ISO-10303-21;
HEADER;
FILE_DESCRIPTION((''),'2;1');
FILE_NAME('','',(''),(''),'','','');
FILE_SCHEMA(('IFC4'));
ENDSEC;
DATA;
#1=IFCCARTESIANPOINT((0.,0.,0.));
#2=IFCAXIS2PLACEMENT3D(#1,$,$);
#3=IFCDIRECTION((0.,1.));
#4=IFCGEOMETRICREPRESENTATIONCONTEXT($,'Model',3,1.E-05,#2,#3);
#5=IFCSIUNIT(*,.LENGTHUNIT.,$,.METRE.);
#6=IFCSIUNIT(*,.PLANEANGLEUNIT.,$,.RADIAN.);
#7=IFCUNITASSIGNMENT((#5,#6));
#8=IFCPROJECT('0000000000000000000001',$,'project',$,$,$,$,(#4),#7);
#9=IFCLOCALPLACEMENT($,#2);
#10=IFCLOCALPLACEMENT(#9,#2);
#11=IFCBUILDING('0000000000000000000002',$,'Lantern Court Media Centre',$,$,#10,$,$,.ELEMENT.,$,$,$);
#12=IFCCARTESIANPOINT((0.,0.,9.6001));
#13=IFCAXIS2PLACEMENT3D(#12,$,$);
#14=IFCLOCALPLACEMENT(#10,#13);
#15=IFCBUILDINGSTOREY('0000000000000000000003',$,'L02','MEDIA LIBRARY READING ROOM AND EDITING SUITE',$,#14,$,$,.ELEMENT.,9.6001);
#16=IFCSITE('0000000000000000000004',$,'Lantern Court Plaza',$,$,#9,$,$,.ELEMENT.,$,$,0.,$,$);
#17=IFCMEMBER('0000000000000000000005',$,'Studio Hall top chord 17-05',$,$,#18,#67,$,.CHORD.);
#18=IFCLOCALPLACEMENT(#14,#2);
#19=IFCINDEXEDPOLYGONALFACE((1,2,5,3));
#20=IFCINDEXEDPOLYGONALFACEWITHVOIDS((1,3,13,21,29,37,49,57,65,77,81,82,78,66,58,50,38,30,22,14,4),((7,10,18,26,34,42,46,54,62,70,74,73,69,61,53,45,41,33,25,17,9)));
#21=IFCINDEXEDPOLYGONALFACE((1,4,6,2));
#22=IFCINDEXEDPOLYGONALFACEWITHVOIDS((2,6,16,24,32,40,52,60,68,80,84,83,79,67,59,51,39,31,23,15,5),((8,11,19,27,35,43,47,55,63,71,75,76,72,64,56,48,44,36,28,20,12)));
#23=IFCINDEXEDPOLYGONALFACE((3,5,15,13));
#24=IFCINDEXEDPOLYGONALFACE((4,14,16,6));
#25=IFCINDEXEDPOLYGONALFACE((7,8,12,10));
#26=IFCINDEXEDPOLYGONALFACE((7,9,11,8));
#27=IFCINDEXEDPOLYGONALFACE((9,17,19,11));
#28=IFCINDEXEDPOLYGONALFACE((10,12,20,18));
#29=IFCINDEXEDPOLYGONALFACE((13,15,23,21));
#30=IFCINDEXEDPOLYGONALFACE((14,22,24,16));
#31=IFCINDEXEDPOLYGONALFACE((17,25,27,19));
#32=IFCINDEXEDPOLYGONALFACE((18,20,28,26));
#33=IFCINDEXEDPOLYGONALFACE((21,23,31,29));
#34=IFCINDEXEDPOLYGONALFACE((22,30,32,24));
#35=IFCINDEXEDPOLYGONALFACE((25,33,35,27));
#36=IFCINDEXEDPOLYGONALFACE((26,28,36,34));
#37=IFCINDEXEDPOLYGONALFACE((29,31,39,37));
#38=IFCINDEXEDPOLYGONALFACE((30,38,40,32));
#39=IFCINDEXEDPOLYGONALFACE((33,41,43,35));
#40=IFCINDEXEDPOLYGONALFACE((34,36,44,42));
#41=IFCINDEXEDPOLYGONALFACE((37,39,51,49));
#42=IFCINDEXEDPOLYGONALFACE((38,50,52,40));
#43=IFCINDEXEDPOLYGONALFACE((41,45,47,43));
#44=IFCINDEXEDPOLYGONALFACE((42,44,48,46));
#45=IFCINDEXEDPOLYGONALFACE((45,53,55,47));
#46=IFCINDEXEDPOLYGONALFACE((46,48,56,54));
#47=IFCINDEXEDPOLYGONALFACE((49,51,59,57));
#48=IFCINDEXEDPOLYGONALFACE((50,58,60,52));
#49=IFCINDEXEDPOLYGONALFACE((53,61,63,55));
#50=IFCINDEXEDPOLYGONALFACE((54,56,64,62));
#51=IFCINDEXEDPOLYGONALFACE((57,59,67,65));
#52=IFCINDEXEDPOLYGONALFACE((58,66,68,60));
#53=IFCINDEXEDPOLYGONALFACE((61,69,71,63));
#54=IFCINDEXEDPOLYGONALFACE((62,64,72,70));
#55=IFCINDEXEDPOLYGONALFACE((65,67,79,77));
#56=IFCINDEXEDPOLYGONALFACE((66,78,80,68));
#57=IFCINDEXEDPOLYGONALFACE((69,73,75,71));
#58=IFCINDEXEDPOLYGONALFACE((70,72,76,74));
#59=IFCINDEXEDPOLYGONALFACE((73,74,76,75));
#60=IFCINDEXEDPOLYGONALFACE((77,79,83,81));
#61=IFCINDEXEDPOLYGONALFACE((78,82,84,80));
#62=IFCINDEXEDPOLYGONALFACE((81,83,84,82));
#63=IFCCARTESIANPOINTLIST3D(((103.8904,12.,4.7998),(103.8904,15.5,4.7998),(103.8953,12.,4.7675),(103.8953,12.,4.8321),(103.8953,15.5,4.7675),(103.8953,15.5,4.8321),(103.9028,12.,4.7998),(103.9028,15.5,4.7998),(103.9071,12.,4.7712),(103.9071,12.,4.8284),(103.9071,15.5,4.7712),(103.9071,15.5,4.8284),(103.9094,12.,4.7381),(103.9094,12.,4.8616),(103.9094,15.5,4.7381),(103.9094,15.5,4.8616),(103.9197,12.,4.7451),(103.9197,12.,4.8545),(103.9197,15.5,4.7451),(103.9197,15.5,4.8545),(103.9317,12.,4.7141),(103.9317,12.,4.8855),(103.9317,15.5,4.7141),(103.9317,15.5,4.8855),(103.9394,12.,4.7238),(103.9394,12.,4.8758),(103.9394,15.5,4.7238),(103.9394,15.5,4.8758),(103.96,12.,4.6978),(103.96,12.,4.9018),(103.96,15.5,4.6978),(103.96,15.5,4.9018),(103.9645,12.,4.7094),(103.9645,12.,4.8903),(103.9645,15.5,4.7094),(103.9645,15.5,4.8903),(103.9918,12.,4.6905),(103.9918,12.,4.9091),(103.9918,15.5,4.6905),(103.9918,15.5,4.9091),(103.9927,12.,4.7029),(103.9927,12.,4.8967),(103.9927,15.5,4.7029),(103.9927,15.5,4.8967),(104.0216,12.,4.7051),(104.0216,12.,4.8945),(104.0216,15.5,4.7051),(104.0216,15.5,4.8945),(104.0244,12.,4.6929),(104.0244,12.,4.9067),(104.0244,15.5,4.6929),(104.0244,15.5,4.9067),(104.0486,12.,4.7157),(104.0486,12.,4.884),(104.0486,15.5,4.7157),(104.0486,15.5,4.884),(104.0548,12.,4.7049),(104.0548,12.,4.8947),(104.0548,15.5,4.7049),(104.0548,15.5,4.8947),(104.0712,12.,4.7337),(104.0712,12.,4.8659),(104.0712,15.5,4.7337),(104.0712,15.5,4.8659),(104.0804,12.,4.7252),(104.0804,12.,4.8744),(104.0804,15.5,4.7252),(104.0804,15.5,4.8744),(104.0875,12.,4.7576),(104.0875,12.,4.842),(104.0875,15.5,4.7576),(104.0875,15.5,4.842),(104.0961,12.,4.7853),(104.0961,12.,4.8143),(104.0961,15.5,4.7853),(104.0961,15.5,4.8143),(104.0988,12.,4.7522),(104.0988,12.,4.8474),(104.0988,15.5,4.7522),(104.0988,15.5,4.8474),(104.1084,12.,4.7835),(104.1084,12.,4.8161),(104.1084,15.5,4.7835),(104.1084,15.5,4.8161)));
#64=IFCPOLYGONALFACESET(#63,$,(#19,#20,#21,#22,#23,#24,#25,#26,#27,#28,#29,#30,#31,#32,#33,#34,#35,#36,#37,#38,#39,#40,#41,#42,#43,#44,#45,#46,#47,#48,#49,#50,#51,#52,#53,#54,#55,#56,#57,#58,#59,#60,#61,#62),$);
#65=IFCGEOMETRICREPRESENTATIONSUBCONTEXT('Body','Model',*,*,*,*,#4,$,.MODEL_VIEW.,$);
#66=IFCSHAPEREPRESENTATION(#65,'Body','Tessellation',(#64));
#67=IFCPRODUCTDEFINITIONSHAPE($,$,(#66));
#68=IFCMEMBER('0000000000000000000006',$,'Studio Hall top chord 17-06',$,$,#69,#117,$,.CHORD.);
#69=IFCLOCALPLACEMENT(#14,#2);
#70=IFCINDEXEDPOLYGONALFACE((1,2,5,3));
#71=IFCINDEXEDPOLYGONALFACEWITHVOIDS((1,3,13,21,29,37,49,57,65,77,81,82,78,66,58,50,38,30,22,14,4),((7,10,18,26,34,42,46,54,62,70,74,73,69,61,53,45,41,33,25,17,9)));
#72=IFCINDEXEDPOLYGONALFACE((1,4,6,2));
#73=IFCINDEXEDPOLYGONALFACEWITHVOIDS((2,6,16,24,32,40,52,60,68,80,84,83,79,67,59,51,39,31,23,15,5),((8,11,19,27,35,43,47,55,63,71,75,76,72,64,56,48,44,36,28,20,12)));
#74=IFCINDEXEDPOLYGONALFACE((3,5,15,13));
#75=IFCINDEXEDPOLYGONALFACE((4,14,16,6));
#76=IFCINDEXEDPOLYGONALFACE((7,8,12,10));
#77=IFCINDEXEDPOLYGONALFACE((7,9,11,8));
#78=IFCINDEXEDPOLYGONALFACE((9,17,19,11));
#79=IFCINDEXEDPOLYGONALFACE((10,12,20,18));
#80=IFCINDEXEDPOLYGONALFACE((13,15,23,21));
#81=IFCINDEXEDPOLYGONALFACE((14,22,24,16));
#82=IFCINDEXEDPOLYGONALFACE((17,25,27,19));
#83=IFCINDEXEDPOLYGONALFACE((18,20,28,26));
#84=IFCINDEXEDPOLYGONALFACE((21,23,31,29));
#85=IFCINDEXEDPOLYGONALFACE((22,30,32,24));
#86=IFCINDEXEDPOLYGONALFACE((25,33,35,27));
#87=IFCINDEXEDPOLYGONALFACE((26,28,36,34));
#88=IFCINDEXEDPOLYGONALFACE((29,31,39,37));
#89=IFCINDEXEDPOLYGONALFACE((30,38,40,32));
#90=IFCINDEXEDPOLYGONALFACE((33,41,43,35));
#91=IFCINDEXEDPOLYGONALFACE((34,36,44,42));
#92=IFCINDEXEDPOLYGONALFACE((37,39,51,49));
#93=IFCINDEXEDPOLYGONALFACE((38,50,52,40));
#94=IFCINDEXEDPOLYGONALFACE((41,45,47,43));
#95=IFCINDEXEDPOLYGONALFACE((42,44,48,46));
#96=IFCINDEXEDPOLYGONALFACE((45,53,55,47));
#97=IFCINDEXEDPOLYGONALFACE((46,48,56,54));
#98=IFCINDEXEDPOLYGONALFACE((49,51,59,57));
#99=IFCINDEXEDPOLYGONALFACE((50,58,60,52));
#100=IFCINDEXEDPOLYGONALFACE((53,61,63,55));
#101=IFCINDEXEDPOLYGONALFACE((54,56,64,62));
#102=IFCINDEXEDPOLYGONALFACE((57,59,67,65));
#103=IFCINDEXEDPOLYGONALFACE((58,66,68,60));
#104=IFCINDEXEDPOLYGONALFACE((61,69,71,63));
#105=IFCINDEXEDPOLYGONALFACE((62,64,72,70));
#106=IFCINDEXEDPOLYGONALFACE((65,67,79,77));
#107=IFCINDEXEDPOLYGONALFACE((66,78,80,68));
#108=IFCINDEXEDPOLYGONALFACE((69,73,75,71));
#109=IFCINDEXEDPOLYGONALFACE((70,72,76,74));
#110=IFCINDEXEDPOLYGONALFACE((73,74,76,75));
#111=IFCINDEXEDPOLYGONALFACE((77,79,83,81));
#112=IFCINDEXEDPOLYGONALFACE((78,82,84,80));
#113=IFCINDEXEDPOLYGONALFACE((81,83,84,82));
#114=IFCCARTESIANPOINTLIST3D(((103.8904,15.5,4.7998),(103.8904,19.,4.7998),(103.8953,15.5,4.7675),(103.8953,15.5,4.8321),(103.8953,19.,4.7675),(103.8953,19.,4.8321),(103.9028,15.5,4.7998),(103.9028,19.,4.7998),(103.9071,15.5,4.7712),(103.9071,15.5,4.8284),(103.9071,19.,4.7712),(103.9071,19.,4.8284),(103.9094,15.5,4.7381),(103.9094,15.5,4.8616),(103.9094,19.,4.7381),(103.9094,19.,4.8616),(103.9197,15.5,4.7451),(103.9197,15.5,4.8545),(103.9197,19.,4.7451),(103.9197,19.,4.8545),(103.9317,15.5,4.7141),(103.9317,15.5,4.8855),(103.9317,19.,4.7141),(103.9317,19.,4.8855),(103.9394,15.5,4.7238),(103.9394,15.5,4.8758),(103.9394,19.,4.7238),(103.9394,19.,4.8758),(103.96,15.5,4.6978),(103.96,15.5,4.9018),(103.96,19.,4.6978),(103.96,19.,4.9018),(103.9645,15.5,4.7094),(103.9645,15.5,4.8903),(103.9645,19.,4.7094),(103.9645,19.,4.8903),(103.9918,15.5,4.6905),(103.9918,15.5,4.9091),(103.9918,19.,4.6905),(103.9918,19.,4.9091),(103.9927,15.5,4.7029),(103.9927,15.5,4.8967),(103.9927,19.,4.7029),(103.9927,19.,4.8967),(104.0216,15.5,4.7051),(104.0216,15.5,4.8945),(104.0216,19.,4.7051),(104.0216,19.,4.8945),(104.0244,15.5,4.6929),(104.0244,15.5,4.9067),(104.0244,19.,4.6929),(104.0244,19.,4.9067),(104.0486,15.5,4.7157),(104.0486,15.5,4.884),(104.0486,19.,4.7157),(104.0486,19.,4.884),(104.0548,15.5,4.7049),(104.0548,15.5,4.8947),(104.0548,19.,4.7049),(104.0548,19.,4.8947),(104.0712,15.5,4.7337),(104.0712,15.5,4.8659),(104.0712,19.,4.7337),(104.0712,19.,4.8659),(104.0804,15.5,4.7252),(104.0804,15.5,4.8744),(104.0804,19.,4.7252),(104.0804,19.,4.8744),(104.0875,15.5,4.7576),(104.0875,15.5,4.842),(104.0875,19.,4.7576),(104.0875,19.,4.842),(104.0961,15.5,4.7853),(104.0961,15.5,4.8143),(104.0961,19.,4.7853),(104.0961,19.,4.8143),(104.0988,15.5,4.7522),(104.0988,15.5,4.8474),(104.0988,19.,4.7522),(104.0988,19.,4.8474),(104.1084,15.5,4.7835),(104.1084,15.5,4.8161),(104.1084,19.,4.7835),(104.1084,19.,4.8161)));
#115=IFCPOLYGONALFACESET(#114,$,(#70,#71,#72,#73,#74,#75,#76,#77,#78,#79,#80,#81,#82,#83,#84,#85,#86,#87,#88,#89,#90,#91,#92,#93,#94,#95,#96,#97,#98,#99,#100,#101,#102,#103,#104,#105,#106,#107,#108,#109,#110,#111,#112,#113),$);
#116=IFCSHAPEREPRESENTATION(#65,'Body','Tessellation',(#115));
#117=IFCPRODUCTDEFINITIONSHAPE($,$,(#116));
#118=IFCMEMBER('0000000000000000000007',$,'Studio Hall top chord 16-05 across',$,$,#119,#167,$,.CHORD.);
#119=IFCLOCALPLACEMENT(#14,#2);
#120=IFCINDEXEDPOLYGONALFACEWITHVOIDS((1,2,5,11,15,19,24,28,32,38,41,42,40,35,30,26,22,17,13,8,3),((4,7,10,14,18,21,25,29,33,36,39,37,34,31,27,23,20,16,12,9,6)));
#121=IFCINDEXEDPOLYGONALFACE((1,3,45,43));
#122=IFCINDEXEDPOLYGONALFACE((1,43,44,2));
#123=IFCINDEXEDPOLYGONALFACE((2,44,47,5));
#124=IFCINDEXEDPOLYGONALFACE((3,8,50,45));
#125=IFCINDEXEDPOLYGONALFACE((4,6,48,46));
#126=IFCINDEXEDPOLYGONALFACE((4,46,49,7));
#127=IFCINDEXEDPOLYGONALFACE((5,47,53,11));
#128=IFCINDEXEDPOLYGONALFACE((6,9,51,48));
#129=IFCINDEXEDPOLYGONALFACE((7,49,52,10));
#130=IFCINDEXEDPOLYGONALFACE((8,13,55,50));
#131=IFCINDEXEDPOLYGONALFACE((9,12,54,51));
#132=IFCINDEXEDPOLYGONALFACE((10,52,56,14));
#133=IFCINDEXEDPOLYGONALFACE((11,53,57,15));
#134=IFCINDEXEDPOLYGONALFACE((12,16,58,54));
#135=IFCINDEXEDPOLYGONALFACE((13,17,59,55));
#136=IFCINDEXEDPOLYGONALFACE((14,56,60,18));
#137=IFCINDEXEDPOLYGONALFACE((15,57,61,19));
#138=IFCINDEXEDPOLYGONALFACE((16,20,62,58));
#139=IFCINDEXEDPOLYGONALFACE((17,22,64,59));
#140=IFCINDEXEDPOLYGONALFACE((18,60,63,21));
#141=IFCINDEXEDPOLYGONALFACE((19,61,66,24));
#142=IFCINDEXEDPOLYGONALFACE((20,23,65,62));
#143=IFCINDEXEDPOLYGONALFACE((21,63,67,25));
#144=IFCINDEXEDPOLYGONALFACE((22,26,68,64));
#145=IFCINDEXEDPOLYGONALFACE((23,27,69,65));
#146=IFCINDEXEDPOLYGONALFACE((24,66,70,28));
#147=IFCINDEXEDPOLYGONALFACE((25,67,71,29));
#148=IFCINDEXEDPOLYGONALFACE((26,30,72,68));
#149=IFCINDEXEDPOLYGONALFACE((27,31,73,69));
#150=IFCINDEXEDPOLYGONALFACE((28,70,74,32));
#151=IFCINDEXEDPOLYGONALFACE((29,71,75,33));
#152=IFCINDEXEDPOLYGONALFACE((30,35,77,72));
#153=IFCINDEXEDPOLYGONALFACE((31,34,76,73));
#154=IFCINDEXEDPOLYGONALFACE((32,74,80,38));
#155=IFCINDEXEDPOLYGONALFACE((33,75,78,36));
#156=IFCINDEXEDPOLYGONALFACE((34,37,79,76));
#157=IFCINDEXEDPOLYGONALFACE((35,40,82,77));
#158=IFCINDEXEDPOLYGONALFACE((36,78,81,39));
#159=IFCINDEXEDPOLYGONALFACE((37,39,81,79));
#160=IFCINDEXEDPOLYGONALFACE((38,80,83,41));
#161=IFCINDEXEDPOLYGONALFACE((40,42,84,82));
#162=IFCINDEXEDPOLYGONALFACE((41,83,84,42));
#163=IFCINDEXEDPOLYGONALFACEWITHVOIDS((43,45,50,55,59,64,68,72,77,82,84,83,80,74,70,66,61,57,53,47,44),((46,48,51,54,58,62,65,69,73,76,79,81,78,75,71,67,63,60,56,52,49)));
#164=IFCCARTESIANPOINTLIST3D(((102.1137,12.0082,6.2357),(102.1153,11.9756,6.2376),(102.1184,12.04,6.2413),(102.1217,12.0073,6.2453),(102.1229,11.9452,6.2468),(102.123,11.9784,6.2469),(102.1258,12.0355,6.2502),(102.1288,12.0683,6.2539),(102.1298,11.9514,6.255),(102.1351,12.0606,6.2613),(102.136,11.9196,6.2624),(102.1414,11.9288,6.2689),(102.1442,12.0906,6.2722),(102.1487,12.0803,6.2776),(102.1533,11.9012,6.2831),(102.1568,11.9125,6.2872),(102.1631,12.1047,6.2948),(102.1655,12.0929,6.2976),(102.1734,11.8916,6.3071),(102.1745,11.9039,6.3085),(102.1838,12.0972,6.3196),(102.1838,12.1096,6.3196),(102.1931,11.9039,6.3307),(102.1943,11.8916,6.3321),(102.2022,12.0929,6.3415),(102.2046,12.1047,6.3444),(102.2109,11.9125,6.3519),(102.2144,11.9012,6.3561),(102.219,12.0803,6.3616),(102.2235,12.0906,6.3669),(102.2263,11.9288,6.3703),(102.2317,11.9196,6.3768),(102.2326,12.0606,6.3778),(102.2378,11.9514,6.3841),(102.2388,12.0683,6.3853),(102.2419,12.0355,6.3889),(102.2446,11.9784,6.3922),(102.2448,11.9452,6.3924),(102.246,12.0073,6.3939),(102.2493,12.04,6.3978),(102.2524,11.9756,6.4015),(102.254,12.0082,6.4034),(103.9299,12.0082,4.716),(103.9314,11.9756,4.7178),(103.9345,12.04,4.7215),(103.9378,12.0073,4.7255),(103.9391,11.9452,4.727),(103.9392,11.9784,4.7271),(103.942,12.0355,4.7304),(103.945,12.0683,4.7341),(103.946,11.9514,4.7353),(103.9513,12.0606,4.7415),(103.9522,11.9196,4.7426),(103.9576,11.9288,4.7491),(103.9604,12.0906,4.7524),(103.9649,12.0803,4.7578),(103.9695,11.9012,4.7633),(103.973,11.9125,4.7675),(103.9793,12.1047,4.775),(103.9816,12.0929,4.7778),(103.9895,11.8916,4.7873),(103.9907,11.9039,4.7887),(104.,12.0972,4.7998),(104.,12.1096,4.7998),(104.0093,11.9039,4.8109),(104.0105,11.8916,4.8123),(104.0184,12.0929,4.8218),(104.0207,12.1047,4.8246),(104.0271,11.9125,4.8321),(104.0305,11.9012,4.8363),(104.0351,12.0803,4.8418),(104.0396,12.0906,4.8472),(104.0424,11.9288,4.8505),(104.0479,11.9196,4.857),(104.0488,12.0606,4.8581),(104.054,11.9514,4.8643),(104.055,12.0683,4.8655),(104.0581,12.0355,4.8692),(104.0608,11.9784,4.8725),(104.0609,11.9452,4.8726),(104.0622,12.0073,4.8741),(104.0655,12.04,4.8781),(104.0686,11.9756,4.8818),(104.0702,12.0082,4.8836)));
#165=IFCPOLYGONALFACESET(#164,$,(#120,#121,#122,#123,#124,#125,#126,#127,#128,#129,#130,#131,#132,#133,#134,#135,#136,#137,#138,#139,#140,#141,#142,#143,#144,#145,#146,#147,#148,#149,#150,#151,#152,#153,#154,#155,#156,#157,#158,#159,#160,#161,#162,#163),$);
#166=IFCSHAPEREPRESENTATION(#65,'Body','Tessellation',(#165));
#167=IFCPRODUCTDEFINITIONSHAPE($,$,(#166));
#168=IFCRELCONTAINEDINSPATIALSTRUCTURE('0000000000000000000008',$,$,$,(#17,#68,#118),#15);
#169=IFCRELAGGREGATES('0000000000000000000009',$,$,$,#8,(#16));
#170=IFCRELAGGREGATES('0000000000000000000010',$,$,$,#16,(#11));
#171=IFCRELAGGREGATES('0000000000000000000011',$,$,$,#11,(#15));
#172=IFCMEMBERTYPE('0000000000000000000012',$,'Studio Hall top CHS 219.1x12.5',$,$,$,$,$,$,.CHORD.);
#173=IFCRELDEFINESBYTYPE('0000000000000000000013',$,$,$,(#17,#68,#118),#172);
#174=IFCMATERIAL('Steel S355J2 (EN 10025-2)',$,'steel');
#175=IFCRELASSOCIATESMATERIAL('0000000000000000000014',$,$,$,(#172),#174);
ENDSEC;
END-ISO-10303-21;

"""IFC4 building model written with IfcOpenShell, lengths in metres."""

from ifc_helpers import new_model, si_unit, direction, frame, origin, origin_2d, place, context, subcontext, project, spatial, hollow_circle, extrude, material, material_profile, profile_set, type_object, element, save


model = new_model("IFC4")

# Units and contexts
model_context = context("Model", 3, precision=1e-05, world=origin(), true_north=direction((0.0, 1.0)))
body_context = subcontext(model_context, "Body", "Model", "MODEL_VIEW")
ifc_project = project(units=[si_unit("LENGTHUNIT", "METRE"), si_unit("PLANEANGLEUNIT", "RADIAN")], contexts=[model_context])

# Site, building, storey
site_placement = place(None, origin())
site = spatial("IfcSite", under=ifc_project, at=site_placement, Name="Lantern Court Plaza", CompositionType="ELEMENT", RefElevation=0.0)
building_placement = place(site_placement, origin())
building = spatial("IfcBuilding", under=site, at=building_placement, Name="Lantern Court Media Centre", CompositionType="ELEMENT")
storey_placement = place(building_placement, frame((0.0, 0.0, 9.6001)))
storey = spatial("IfcBuildingStorey", under=building, at=storey_placement, Name="L02", Description="MEDIA LIBRARY READING ROOM AND EDITING SUITE", CompositionType="ELEMENT", Elevation=9.6001)

# Shared definitions
ifc_material_1 = material(Name="Steel S355J2 (EN 10025-2)", Category="steel")

# Members
ifc_material_profile_1 = material_profile(ifc_material_1, hollow_circle(Radius=0.1096, WallThickness=0.0125, at=origin_2d()), Name="Studio Hall top CHS 219.1x12.5")
ifc_profile_set_1 = profile_set([ifc_material_profile_1], Name="Steel S355J2 (EN 10025-2)")
member_type_1 = type_object("IfcMemberType", Name="Studio Hall top CHS 219.1x12.5", PredefinedType="CHORD", material=ifc_profile_set_1)
for number, where, z_axis, x_axis, name in (
    (1, (104.0, 12.0, 4.7998), (0.0, 1.0, 0.0), (-1.0, 0.0, 0.0), "Studio Hall top chord 17-05"),
    (2, (104.0, 15.5, 4.7998), (0.0, 1.0, 0.0), (-1.0, 0.0, 0.0), "Studio Hall top chord 17-06"),
):
    element("IfcMember", number, at=place(storey_placement, frame(where, z_axis=z_axis, x_axis=x_axis)), inside=storey, type_object=member_type_1, Name=name, PredefinedType="CHORD", context=body_context, shape_type="SweptSolid", body=[
        extrude(hollow_circle(Radius=0.1096, WallThickness=0.0125, at=origin_2d()), origin(), (0.0, 0.0, 1.0), 3.5),
    ])
for number, where, z_axis, x_axis, name in (
    (3, (102.1838, 12.0, 6.3196), (0.76691, 0.0, -0.641755), (0.0, 1.0, 0.0), "Studio Hall top chord 16-05 across"),
):
    element("IfcMember", number, at=place(storey_placement, frame(where, z_axis=z_axis, x_axis=x_axis)), inside=storey, type_object=member_type_1, Name=name, PredefinedType="CHORD", context=body_context, shape_type="SweptSolid", body=[
        extrude(hollow_circle(Radius=0.1096, WallThickness=0.0125, at=origin_2d()), origin(), (0.0, 0.0, 1.0), 2.3682),
    ])

save(model, "model.ifc")
